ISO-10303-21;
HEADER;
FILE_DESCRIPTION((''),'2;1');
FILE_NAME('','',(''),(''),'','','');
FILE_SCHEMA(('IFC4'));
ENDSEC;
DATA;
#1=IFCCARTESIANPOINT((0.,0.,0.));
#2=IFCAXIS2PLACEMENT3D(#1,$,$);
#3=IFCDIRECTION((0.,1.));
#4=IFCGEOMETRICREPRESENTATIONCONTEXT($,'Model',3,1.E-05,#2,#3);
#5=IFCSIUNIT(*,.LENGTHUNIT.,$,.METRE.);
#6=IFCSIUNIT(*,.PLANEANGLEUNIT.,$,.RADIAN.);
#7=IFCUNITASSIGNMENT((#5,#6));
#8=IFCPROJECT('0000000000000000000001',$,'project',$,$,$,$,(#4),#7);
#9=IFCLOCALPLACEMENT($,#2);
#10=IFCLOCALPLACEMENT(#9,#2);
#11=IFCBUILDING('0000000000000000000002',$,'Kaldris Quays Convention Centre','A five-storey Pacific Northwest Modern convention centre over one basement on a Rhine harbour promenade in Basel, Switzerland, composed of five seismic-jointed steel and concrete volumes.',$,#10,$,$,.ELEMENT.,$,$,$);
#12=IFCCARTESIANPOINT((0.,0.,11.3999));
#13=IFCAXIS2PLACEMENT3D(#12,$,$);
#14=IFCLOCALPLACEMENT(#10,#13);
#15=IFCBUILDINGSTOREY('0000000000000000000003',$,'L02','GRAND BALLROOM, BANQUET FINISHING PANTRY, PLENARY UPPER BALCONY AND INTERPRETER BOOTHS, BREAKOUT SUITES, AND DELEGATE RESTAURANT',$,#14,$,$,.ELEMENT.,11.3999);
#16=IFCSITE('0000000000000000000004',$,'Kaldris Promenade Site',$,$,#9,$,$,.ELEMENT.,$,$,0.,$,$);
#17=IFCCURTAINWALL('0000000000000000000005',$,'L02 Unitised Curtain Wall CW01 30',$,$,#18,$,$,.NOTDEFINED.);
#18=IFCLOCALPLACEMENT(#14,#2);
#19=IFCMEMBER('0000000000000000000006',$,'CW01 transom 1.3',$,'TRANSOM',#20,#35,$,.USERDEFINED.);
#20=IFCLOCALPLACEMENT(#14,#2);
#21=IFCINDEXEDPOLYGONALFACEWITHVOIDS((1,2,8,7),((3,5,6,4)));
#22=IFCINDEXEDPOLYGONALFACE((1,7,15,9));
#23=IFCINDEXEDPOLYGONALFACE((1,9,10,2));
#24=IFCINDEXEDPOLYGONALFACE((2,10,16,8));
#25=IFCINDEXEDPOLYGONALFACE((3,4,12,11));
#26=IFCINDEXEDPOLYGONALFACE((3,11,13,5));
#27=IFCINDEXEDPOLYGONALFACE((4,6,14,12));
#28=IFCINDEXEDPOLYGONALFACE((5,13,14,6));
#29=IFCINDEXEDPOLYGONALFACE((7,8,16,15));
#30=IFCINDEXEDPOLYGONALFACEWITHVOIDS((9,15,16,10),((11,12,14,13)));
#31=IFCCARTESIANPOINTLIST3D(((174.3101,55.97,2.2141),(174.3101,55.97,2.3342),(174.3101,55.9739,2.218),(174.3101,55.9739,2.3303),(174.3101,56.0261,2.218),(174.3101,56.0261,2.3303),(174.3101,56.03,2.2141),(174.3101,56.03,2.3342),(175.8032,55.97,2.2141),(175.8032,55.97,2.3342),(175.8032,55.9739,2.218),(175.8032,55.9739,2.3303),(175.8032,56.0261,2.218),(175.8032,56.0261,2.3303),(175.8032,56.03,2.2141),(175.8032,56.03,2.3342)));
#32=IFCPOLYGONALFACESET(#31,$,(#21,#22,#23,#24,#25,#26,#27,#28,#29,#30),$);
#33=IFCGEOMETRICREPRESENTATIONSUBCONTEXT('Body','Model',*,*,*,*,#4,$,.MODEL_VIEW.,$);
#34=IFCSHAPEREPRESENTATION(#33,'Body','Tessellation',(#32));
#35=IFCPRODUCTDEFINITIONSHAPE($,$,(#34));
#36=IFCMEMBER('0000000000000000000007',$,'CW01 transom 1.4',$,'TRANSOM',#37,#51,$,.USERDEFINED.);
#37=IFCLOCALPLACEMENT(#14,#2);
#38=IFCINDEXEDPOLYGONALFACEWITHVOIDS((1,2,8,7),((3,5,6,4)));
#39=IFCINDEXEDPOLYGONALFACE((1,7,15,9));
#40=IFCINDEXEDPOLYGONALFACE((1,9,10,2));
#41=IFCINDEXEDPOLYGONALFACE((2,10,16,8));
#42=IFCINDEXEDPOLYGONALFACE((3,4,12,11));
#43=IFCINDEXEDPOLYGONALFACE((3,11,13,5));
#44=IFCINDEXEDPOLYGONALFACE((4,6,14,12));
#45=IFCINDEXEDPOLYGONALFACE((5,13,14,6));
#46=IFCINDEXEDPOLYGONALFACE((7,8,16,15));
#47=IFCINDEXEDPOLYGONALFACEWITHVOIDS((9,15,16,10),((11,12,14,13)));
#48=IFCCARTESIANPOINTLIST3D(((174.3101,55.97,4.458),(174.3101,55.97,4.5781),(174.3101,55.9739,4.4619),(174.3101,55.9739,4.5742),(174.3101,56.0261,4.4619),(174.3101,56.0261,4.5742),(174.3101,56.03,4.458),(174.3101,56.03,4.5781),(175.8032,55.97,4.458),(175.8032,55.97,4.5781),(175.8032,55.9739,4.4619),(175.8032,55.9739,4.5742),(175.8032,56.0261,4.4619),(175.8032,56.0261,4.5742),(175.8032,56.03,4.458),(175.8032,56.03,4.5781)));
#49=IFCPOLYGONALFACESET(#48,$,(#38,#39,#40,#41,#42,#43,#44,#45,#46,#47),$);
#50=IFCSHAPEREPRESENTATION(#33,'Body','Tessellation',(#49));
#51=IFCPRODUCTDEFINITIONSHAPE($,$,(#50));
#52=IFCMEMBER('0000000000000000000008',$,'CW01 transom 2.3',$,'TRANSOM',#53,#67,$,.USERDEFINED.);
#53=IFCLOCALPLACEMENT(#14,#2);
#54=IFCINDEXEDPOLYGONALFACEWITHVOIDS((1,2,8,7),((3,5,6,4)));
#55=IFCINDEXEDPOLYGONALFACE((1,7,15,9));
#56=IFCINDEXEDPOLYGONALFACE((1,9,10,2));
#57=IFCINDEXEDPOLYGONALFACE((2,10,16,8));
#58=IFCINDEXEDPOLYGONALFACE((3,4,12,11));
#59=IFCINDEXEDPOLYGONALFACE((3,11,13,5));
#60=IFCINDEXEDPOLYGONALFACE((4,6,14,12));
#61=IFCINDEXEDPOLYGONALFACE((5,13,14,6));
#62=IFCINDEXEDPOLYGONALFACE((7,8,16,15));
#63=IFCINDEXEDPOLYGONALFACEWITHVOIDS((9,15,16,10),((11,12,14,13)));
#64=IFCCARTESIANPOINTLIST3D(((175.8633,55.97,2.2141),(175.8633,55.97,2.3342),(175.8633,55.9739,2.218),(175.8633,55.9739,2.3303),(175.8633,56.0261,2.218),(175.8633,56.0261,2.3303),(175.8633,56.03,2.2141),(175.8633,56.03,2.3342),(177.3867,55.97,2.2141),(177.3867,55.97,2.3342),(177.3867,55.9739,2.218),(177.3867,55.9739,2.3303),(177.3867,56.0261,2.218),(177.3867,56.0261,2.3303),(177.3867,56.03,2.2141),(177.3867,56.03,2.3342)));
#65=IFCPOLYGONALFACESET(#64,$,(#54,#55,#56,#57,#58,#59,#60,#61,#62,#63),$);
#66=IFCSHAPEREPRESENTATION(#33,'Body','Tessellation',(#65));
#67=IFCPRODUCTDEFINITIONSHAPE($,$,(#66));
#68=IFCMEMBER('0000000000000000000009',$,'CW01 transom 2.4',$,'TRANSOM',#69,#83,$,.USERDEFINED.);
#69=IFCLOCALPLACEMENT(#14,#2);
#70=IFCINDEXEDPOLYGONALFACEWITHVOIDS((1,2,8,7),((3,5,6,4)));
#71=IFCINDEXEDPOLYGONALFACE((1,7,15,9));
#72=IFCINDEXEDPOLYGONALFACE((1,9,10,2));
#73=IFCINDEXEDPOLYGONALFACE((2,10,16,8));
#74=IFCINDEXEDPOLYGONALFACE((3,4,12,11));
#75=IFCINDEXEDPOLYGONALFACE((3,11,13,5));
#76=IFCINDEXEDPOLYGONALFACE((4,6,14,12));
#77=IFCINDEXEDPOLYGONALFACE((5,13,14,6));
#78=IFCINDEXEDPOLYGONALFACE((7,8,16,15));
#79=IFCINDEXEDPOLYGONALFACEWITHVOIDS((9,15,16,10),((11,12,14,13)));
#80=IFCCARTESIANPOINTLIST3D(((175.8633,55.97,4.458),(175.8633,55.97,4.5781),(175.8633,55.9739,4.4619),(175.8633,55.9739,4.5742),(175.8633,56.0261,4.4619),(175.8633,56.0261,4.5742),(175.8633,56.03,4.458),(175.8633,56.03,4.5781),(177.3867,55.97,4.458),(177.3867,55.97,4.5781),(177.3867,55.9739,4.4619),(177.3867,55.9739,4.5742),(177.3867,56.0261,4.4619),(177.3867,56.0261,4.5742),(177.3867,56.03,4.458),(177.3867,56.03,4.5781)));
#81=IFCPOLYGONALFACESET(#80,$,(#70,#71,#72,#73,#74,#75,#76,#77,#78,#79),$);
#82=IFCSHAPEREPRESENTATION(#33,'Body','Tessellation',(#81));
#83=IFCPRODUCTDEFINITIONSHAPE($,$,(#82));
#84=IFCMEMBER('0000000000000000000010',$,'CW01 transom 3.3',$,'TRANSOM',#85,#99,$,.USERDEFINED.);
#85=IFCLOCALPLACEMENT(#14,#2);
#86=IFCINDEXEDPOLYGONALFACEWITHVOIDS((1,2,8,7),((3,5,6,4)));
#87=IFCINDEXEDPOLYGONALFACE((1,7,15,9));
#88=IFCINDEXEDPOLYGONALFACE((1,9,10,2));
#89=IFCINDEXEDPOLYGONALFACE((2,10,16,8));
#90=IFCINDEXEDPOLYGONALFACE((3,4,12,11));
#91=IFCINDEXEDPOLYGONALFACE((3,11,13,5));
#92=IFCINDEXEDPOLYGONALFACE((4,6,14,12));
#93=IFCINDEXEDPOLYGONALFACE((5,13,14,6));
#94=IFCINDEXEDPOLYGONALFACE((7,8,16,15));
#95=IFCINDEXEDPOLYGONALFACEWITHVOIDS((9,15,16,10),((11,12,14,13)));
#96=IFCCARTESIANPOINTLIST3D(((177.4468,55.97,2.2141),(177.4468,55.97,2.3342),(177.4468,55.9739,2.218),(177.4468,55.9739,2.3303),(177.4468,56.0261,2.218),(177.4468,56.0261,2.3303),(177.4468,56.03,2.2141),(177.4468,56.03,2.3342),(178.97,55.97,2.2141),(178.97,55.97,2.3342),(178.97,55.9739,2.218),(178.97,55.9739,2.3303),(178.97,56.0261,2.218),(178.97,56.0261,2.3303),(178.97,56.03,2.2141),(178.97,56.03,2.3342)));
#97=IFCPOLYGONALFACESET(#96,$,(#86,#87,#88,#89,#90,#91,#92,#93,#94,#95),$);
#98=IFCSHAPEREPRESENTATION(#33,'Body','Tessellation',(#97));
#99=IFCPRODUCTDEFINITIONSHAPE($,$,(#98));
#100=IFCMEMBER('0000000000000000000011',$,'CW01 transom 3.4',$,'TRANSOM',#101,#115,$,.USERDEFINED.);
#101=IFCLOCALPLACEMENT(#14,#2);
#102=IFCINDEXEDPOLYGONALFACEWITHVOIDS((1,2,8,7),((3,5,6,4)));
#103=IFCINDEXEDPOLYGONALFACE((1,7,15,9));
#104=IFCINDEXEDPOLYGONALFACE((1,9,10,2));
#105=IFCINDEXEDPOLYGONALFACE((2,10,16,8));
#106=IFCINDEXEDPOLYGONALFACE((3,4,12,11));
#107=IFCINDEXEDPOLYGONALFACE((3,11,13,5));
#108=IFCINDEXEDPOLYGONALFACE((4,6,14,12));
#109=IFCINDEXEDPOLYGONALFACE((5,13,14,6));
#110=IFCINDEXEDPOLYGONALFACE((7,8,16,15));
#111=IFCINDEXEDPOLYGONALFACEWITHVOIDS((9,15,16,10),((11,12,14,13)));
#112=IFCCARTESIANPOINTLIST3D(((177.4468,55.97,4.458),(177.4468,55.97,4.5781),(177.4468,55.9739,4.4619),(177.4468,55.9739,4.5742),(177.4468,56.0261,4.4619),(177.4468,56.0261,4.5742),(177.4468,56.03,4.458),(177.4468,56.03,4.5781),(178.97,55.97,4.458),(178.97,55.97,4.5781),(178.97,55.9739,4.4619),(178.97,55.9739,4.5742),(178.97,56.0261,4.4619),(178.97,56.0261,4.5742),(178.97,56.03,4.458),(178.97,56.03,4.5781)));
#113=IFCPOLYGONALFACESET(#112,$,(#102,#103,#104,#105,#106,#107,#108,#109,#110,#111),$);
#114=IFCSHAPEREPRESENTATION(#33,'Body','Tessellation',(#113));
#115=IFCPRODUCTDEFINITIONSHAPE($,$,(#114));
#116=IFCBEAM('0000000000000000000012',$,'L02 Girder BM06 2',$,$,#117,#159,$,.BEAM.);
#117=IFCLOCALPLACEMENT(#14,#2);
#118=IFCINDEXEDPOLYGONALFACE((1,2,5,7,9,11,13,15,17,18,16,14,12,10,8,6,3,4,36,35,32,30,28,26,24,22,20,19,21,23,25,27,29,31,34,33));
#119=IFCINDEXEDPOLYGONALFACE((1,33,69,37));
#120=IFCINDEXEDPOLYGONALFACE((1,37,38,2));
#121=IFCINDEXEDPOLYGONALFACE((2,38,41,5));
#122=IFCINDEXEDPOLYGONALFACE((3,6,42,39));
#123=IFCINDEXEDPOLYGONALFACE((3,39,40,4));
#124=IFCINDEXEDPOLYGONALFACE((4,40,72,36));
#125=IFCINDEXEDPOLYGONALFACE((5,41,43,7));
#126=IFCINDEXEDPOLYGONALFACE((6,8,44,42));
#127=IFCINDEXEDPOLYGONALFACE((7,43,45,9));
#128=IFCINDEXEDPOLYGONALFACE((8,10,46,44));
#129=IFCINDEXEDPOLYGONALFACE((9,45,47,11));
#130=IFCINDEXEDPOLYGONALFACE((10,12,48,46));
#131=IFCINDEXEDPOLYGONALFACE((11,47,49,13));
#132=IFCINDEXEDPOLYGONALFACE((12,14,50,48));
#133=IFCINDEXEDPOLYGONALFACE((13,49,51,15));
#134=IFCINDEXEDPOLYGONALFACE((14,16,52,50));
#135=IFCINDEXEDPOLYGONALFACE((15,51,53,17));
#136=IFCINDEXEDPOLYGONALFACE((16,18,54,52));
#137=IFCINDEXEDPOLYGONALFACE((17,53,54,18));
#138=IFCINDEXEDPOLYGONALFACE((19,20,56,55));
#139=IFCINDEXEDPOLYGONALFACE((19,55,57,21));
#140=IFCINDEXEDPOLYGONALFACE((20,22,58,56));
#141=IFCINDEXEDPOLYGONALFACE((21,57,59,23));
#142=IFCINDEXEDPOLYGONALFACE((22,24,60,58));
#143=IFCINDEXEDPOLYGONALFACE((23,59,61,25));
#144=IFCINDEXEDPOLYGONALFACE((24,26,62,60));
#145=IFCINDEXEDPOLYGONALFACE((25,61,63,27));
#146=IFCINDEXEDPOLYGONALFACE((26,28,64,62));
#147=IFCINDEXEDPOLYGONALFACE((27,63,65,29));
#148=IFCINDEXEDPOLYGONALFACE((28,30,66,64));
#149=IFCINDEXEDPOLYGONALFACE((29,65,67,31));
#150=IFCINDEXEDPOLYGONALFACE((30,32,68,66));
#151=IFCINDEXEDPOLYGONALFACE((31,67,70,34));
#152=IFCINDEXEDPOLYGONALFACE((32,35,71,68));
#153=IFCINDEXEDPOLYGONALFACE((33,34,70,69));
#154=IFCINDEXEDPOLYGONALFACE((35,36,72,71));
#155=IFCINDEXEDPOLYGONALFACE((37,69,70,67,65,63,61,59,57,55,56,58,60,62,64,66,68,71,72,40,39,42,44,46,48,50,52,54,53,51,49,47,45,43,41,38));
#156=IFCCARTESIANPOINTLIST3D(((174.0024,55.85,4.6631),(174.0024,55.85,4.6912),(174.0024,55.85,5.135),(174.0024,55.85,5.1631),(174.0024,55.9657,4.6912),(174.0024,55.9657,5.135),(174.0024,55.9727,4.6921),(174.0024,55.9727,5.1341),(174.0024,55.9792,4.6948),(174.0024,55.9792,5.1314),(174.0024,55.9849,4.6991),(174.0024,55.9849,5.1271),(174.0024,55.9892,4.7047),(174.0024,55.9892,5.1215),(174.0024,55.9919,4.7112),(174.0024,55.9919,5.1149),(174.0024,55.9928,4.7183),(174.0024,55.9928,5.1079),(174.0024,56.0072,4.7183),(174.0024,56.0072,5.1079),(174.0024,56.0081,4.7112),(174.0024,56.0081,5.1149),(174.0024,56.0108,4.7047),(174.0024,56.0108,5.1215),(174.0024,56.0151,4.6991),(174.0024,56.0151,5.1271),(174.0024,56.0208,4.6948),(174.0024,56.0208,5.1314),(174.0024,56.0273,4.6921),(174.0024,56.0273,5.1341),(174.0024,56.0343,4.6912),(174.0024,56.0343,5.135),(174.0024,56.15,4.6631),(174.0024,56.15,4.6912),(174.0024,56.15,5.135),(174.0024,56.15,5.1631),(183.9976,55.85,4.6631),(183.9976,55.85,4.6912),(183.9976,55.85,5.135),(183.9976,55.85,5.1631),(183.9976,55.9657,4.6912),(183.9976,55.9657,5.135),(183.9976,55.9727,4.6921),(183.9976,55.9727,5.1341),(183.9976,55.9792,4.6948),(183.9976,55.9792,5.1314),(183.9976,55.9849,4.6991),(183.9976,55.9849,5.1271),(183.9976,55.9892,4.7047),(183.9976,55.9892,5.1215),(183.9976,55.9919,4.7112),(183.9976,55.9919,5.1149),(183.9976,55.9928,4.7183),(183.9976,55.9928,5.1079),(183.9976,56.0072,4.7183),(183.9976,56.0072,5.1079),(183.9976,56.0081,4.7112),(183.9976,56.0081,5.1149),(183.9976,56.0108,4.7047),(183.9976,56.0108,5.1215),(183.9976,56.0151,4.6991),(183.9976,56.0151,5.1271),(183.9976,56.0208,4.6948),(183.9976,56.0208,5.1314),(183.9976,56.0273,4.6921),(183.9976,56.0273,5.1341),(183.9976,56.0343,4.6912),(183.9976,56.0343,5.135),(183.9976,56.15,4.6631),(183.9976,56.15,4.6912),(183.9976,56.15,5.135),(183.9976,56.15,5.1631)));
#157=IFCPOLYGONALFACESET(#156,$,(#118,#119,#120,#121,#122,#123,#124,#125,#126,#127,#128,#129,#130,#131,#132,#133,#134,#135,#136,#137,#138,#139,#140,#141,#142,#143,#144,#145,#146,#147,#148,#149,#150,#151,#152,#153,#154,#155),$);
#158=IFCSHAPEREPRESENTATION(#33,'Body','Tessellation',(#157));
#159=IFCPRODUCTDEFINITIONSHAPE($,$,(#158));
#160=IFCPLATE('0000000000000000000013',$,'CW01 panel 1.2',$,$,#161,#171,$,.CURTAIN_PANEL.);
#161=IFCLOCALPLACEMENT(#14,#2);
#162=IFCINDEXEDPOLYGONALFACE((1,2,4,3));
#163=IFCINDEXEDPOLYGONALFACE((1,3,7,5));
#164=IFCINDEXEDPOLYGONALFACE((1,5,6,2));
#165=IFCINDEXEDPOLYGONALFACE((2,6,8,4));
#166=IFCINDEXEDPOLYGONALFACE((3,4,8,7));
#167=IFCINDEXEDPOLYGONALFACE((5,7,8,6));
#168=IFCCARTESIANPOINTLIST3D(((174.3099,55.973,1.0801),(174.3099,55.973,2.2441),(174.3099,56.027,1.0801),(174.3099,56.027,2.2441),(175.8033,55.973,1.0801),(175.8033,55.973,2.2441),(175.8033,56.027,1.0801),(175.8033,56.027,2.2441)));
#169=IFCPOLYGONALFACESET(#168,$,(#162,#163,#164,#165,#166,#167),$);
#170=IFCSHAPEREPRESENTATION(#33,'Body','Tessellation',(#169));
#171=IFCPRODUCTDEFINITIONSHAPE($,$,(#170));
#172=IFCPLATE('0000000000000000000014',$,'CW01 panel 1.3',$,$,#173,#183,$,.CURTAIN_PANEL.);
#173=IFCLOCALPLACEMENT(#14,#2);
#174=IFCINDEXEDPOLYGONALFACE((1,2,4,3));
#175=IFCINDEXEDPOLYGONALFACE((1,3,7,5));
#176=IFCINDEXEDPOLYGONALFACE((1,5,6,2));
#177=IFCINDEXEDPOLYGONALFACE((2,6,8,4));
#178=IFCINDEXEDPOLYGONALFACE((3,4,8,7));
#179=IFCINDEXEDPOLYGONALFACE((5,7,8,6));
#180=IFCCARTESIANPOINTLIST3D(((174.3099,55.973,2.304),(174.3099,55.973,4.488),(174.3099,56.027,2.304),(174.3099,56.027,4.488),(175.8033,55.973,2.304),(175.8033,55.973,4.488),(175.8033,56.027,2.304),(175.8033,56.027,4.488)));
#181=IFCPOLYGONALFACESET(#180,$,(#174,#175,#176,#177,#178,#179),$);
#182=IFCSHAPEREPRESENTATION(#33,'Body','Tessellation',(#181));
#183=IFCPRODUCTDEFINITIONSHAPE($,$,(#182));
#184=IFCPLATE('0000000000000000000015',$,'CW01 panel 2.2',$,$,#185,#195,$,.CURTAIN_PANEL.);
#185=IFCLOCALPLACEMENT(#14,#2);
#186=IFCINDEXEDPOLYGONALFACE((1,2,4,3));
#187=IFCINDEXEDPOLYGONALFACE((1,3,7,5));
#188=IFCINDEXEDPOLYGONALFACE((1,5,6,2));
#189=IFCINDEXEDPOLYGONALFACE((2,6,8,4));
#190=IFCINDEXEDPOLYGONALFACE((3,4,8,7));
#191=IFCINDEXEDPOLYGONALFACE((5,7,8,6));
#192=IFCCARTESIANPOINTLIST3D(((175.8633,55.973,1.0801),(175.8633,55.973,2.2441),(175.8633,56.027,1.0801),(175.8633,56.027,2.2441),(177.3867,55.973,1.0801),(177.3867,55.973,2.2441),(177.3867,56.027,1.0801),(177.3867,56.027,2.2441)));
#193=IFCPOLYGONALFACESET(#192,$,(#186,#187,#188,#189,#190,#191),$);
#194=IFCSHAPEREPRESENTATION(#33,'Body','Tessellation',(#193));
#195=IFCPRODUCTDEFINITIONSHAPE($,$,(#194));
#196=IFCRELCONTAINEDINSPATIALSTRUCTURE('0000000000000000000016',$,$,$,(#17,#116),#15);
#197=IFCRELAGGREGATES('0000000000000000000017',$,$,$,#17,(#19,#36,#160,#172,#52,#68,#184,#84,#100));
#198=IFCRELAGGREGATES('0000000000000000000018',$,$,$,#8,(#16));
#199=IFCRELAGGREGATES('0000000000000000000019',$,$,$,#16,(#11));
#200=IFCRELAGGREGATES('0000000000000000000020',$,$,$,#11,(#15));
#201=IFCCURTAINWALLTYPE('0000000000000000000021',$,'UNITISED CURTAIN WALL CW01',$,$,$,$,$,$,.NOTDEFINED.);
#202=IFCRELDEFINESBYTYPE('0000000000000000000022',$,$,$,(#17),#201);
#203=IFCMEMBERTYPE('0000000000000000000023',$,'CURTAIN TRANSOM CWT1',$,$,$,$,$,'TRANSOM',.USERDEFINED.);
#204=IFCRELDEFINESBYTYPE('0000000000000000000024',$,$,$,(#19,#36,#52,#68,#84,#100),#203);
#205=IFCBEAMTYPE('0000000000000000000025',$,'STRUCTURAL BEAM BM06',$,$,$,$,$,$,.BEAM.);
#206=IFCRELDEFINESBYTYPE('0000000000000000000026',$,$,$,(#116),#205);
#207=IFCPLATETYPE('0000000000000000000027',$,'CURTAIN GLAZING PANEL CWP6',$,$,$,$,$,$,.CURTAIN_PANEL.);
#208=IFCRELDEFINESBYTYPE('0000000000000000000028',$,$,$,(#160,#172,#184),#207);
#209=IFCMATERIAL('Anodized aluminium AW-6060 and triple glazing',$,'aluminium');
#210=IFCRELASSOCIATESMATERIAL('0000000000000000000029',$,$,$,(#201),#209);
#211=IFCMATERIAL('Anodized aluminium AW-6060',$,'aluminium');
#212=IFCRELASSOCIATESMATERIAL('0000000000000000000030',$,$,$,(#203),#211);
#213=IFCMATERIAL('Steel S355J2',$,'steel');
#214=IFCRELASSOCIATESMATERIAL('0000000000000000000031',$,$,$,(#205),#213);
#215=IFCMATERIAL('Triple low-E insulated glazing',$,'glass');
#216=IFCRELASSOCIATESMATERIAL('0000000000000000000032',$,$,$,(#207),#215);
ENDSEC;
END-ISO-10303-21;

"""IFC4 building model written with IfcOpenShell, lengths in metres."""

from ifc_helpers import new_model, si_unit, direction, frame, origin, origin_2d, place, context, subcontext, project, spatial, rectangle, hollow_rectangle, i_section, extrude, material, material_profile, profile_set, type_object, element, aggregate, save


model = new_model("IFC4")

# Units and contexts
model_context = context("Model", 3, precision=1e-05, world=origin(), true_north=direction((0.0, 1.0)))
body_context = subcontext(model_context, "Body", "Model", "MODEL_VIEW")
ifc_project = project(units=[si_unit("LENGTHUNIT", "METRE"), si_unit("PLANEANGLEUNIT", "RADIAN")], contexts=[model_context])

# Site, building, storey
site_placement = place(None, origin())
site = spatial("IfcSite", under=ifc_project, at=site_placement, Name="Kaldris Promenade Site", CompositionType="ELEMENT", RefElevation=0.0)
building_placement = place(site_placement, origin())
building = spatial("IfcBuilding", under=site, at=building_placement, Name="Kaldris Quays Convention Centre", Description="A five-storey Pacific Northwest Modern convention centre over one basement on a Rhine harbour promenade in Basel, Switzerland, composed of five seismic-jointed steel and concrete volumes.", CompositionType="ELEMENT")
storey_placement = place(building_placement, frame((0.0, 0.0, 11.3999)))
storey = spatial("IfcBuildingStorey", under=building, at=storey_placement, Name="L02", Description="GRAND BALLROOM, BANQUET FINISHING PANTRY, PLENARY UPPER BALCONY AND INTERPRETER BOOTHS, BREAKOUT SUITES, AND DELEGATE RESTAURANT", CompositionType="ELEMENT", Elevation=11.3999)

# Curtain wall, members
ifc_material_1 = material(Name="Anodized aluminium AW-6060 and triple glazing", Category="aluminium")
curtain_wall_type = type_object("IfcCurtainWallType", Name="UNITISED CURTAIN WALL CW01", PredefinedType="NOTDEFINED", material=ifc_material_1)
curtain_wall_placement = place(storey_placement, origin())
curtain_wall = element("IfcCurtainWall", 1, at=curtain_wall_placement, inside=storey, type_object=curtain_wall_type, Name="L02 Unitised Curtain Wall CW01 30", PredefinedType="NOTDEFINED")
ifc_material_2 = material(Name="Anodized aluminium AW-6060", Category="aluminium")
ifc_material_profile_1 = material_profile(ifc_material_2, hollow_rectangle(XDim=0.0601, YDim=0.1201, WallThickness=0.0039, at=origin_2d()), Name="RHS 120x60x4")
ifc_profile_set_1 = profile_set([ifc_material_profile_1], Name="Anodized aluminium AW-6060")
member_type = type_object("IfcMemberType", Name="CURTAIN TRANSOM CWT1", ElementType="TRANSOM", PredefinedType="USERDEFINED", material=ifc_profile_set_1)
member_1_placement = place(storey_placement, frame((174.3101, 56.0, 2.2742), z_axis=(1.0, 0.0, 0.0), x_axis=(0.0, 1.0, 0.0)))
member_1 = element("IfcMember", 2, at=member_1_placement, type_object=member_type, Name="CW01 transom 1.3", ObjectType="TRANSOM", PredefinedType="USERDEFINED", context=body_context, shape_type="SweptSolid", body=[
    extrude(hollow_rectangle(XDim=0.0601, YDim=0.1201, WallThickness=0.0039, at=origin_2d()), origin(), (0.0, 0.0, 1.0), 1.4932),
])
member_2_placement = place(storey_placement, frame((174.3101, 56.0, 4.5181), z_axis=(1.0, 0.0, 0.0), x_axis=(0.0, 1.0, 0.0)))
member_2 = element("IfcMember", 3, at=member_2_placement, type_object=member_type, Name="CW01 transom 1.4", ObjectType="TRANSOM", PredefinedType="USERDEFINED", context=body_context, shape_type="SweptSolid", body=[
    extrude(hollow_rectangle(XDim=0.0601, YDim=0.1201, WallThickness=0.0039, at=origin_2d()), origin(), (0.0, 0.0, 1.0), 1.4932),
])
member_3_placement = place(storey_placement, frame((175.8633, 56.0, 2.2742), z_axis=(1.0, 0.0, 0.0), x_axis=(0.0, 1.0, 0.0)))
member_3 = element("IfcMember", 4, at=member_3_placement, type_object=member_type, Name="CW01 transom 2.3", ObjectType="TRANSOM", PredefinedType="USERDEFINED", context=body_context, shape_type="SweptSolid", body=[
    extrude(hollow_rectangle(XDim=0.0601, YDim=0.1201, WallThickness=0.0039, at=origin_2d()), origin(), (0.0, 0.0, 1.0), 1.5234),
])
member_4_placement = place(storey_placement, frame((175.8633, 56.0, 4.5181), z_axis=(1.0, 0.0, 0.0), x_axis=(0.0, 1.0, 0.0)))
member_4 = element("IfcMember", 5, at=member_4_placement, type_object=member_type, Name="CW01 transom 2.4", ObjectType="TRANSOM", PredefinedType="USERDEFINED", context=body_context, shape_type="SweptSolid", body=[
    extrude(hollow_rectangle(XDim=0.0601, YDim=0.1201, WallThickness=0.0039, at=origin_2d()), origin(), (0.0, 0.0, 1.0), 1.5234),
])
member_5_placement = place(storey_placement, frame((177.4468, 56.0, 2.2742), z_axis=(1.0, 0.0, 0.0), x_axis=(0.0, 1.0, 0.0)))
member_5 = element("IfcMember", 6, at=member_5_placement, type_object=member_type, Name="CW01 transom 3.3", ObjectType="TRANSOM", PredefinedType="USERDEFINED", context=body_context, shape_type="SweptSolid", body=[
    extrude(hollow_rectangle(XDim=0.0601, YDim=0.1201, WallThickness=0.0039, at=origin_2d()), origin(), (0.0, 0.0, 1.0), 1.5232),
])
member_6_placement = place(storey_placement, frame((177.4468, 56.0, 4.5181), z_axis=(1.0, 0.0, 0.0), x_axis=(0.0, 1.0, 0.0)))
member_6 = element("IfcMember", 7, at=member_6_placement, type_object=member_type, Name="CW01 transom 3.4", ObjectType="TRANSOM", PredefinedType="USERDEFINED", context=body_context, shape_type="SweptSolid", body=[
    extrude(hollow_rectangle(XDim=0.0601, YDim=0.1201, WallThickness=0.0039, at=origin_2d()), origin(), (0.0, 0.0, 1.0), 1.5232),
])

# Beam
ifc_material_3 = material(Name="Steel S355J2", Category="steel")
ifc_material_profile_2 = material_profile(ifc_material_3, i_section(OverallWidth=0.3, OverallDepth=0.5, WebThickness=0.0144, FlangeThickness=0.0281, FilletRadius=0.0271, at=origin_2d()), Name="HEB 500")
ifc_profile_set_2 = profile_set([ifc_material_profile_2], Name="Steel S355J2")
beam_type = type_object("IfcBeamType", Name="STRUCTURAL BEAM BM06", PredefinedType="BEAM", material=ifc_profile_set_2)
beam_placement = place(storey_placement, frame((174.0024, 56.0, 4.9131), z_axis=(1.0, 0.0, 0.0), x_axis=(0.0, 1.0, 0.0)))
element("IfcBeam", 8, at=beam_placement, inside=storey, type_object=beam_type, Name="L02 Girder BM06 2", PredefinedType="BEAM", context=body_context, shape_type="SweptSolid", body=[
    extrude(i_section(OverallWidth=0.3, OverallDepth=0.5, WebThickness=0.0144, FlangeThickness=0.0281, FilletRadius=0.0271, at=origin_2d()), origin(), (0.0, 0.0, 1.0), 9.9951),
])

# Plates
ifc_material_4 = material(Name="Triple low-E insulated glazing", Category="glass")
plate_type = type_object("IfcPlateType", Name="CURTAIN GLAZING PANEL CWP6", PredefinedType="CURTAIN_PANEL", material=ifc_material_4)
plate_1_placement = place(storey_placement, frame((175.0566, 56.0, 1.0801), z_axis=(0.0, 0.0, 1.0), x_axis=(1.0, 0.0, 0.0)))
plate_1 = element("IfcPlate", 9, at=plate_1_placement, type_object=plate_type, Name="CW01 panel 1.2", PredefinedType="CURTAIN_PANEL", context=body_context, shape_type="SweptSolid", body=[
    extrude(rectangle(XDim=1.4934, YDim=0.054, at=origin_2d()), origin(), (0.0, 0.0, 1.0), 1.1641),
])
plate_2_placement = place(storey_placement, frame((175.0566, 56.0, 2.304), z_axis=(0.0, 0.0, 1.0), x_axis=(1.0, 0.0, 0.0)))
plate_2 = element("IfcPlate", 10, at=plate_2_placement, type_object=plate_type, Name="CW01 panel 1.3", PredefinedType="CURTAIN_PANEL", context=body_context, shape_type="SweptSolid", body=[
    extrude(rectangle(XDim=1.4934, YDim=0.054, at=origin_2d()), origin(), (0.0, 0.0, 1.0), 2.1841),
])
plate_3_placement = place(storey_placement, frame((176.625, 56.0, 1.0801), z_axis=(0.0, 0.0, 1.0), x_axis=(1.0, 0.0, 0.0)))
plate_3 = element("IfcPlate", 11, at=plate_3_placement, type_object=plate_type, Name="CW01 panel 2.2", PredefinedType="CURTAIN_PANEL", context=body_context, shape_type="SweptSolid", body=[
    extrude(rectangle(XDim=1.5234, YDim=0.054, at=origin_2d()), origin(), (0.0, 0.0, 1.0), 1.1641),
])
aggregate(curtain_wall, [member_1, member_2, plate_1, plate_2, member_3, member_4, plate_3, member_5, member_6])

save(model, "model.ifc")
